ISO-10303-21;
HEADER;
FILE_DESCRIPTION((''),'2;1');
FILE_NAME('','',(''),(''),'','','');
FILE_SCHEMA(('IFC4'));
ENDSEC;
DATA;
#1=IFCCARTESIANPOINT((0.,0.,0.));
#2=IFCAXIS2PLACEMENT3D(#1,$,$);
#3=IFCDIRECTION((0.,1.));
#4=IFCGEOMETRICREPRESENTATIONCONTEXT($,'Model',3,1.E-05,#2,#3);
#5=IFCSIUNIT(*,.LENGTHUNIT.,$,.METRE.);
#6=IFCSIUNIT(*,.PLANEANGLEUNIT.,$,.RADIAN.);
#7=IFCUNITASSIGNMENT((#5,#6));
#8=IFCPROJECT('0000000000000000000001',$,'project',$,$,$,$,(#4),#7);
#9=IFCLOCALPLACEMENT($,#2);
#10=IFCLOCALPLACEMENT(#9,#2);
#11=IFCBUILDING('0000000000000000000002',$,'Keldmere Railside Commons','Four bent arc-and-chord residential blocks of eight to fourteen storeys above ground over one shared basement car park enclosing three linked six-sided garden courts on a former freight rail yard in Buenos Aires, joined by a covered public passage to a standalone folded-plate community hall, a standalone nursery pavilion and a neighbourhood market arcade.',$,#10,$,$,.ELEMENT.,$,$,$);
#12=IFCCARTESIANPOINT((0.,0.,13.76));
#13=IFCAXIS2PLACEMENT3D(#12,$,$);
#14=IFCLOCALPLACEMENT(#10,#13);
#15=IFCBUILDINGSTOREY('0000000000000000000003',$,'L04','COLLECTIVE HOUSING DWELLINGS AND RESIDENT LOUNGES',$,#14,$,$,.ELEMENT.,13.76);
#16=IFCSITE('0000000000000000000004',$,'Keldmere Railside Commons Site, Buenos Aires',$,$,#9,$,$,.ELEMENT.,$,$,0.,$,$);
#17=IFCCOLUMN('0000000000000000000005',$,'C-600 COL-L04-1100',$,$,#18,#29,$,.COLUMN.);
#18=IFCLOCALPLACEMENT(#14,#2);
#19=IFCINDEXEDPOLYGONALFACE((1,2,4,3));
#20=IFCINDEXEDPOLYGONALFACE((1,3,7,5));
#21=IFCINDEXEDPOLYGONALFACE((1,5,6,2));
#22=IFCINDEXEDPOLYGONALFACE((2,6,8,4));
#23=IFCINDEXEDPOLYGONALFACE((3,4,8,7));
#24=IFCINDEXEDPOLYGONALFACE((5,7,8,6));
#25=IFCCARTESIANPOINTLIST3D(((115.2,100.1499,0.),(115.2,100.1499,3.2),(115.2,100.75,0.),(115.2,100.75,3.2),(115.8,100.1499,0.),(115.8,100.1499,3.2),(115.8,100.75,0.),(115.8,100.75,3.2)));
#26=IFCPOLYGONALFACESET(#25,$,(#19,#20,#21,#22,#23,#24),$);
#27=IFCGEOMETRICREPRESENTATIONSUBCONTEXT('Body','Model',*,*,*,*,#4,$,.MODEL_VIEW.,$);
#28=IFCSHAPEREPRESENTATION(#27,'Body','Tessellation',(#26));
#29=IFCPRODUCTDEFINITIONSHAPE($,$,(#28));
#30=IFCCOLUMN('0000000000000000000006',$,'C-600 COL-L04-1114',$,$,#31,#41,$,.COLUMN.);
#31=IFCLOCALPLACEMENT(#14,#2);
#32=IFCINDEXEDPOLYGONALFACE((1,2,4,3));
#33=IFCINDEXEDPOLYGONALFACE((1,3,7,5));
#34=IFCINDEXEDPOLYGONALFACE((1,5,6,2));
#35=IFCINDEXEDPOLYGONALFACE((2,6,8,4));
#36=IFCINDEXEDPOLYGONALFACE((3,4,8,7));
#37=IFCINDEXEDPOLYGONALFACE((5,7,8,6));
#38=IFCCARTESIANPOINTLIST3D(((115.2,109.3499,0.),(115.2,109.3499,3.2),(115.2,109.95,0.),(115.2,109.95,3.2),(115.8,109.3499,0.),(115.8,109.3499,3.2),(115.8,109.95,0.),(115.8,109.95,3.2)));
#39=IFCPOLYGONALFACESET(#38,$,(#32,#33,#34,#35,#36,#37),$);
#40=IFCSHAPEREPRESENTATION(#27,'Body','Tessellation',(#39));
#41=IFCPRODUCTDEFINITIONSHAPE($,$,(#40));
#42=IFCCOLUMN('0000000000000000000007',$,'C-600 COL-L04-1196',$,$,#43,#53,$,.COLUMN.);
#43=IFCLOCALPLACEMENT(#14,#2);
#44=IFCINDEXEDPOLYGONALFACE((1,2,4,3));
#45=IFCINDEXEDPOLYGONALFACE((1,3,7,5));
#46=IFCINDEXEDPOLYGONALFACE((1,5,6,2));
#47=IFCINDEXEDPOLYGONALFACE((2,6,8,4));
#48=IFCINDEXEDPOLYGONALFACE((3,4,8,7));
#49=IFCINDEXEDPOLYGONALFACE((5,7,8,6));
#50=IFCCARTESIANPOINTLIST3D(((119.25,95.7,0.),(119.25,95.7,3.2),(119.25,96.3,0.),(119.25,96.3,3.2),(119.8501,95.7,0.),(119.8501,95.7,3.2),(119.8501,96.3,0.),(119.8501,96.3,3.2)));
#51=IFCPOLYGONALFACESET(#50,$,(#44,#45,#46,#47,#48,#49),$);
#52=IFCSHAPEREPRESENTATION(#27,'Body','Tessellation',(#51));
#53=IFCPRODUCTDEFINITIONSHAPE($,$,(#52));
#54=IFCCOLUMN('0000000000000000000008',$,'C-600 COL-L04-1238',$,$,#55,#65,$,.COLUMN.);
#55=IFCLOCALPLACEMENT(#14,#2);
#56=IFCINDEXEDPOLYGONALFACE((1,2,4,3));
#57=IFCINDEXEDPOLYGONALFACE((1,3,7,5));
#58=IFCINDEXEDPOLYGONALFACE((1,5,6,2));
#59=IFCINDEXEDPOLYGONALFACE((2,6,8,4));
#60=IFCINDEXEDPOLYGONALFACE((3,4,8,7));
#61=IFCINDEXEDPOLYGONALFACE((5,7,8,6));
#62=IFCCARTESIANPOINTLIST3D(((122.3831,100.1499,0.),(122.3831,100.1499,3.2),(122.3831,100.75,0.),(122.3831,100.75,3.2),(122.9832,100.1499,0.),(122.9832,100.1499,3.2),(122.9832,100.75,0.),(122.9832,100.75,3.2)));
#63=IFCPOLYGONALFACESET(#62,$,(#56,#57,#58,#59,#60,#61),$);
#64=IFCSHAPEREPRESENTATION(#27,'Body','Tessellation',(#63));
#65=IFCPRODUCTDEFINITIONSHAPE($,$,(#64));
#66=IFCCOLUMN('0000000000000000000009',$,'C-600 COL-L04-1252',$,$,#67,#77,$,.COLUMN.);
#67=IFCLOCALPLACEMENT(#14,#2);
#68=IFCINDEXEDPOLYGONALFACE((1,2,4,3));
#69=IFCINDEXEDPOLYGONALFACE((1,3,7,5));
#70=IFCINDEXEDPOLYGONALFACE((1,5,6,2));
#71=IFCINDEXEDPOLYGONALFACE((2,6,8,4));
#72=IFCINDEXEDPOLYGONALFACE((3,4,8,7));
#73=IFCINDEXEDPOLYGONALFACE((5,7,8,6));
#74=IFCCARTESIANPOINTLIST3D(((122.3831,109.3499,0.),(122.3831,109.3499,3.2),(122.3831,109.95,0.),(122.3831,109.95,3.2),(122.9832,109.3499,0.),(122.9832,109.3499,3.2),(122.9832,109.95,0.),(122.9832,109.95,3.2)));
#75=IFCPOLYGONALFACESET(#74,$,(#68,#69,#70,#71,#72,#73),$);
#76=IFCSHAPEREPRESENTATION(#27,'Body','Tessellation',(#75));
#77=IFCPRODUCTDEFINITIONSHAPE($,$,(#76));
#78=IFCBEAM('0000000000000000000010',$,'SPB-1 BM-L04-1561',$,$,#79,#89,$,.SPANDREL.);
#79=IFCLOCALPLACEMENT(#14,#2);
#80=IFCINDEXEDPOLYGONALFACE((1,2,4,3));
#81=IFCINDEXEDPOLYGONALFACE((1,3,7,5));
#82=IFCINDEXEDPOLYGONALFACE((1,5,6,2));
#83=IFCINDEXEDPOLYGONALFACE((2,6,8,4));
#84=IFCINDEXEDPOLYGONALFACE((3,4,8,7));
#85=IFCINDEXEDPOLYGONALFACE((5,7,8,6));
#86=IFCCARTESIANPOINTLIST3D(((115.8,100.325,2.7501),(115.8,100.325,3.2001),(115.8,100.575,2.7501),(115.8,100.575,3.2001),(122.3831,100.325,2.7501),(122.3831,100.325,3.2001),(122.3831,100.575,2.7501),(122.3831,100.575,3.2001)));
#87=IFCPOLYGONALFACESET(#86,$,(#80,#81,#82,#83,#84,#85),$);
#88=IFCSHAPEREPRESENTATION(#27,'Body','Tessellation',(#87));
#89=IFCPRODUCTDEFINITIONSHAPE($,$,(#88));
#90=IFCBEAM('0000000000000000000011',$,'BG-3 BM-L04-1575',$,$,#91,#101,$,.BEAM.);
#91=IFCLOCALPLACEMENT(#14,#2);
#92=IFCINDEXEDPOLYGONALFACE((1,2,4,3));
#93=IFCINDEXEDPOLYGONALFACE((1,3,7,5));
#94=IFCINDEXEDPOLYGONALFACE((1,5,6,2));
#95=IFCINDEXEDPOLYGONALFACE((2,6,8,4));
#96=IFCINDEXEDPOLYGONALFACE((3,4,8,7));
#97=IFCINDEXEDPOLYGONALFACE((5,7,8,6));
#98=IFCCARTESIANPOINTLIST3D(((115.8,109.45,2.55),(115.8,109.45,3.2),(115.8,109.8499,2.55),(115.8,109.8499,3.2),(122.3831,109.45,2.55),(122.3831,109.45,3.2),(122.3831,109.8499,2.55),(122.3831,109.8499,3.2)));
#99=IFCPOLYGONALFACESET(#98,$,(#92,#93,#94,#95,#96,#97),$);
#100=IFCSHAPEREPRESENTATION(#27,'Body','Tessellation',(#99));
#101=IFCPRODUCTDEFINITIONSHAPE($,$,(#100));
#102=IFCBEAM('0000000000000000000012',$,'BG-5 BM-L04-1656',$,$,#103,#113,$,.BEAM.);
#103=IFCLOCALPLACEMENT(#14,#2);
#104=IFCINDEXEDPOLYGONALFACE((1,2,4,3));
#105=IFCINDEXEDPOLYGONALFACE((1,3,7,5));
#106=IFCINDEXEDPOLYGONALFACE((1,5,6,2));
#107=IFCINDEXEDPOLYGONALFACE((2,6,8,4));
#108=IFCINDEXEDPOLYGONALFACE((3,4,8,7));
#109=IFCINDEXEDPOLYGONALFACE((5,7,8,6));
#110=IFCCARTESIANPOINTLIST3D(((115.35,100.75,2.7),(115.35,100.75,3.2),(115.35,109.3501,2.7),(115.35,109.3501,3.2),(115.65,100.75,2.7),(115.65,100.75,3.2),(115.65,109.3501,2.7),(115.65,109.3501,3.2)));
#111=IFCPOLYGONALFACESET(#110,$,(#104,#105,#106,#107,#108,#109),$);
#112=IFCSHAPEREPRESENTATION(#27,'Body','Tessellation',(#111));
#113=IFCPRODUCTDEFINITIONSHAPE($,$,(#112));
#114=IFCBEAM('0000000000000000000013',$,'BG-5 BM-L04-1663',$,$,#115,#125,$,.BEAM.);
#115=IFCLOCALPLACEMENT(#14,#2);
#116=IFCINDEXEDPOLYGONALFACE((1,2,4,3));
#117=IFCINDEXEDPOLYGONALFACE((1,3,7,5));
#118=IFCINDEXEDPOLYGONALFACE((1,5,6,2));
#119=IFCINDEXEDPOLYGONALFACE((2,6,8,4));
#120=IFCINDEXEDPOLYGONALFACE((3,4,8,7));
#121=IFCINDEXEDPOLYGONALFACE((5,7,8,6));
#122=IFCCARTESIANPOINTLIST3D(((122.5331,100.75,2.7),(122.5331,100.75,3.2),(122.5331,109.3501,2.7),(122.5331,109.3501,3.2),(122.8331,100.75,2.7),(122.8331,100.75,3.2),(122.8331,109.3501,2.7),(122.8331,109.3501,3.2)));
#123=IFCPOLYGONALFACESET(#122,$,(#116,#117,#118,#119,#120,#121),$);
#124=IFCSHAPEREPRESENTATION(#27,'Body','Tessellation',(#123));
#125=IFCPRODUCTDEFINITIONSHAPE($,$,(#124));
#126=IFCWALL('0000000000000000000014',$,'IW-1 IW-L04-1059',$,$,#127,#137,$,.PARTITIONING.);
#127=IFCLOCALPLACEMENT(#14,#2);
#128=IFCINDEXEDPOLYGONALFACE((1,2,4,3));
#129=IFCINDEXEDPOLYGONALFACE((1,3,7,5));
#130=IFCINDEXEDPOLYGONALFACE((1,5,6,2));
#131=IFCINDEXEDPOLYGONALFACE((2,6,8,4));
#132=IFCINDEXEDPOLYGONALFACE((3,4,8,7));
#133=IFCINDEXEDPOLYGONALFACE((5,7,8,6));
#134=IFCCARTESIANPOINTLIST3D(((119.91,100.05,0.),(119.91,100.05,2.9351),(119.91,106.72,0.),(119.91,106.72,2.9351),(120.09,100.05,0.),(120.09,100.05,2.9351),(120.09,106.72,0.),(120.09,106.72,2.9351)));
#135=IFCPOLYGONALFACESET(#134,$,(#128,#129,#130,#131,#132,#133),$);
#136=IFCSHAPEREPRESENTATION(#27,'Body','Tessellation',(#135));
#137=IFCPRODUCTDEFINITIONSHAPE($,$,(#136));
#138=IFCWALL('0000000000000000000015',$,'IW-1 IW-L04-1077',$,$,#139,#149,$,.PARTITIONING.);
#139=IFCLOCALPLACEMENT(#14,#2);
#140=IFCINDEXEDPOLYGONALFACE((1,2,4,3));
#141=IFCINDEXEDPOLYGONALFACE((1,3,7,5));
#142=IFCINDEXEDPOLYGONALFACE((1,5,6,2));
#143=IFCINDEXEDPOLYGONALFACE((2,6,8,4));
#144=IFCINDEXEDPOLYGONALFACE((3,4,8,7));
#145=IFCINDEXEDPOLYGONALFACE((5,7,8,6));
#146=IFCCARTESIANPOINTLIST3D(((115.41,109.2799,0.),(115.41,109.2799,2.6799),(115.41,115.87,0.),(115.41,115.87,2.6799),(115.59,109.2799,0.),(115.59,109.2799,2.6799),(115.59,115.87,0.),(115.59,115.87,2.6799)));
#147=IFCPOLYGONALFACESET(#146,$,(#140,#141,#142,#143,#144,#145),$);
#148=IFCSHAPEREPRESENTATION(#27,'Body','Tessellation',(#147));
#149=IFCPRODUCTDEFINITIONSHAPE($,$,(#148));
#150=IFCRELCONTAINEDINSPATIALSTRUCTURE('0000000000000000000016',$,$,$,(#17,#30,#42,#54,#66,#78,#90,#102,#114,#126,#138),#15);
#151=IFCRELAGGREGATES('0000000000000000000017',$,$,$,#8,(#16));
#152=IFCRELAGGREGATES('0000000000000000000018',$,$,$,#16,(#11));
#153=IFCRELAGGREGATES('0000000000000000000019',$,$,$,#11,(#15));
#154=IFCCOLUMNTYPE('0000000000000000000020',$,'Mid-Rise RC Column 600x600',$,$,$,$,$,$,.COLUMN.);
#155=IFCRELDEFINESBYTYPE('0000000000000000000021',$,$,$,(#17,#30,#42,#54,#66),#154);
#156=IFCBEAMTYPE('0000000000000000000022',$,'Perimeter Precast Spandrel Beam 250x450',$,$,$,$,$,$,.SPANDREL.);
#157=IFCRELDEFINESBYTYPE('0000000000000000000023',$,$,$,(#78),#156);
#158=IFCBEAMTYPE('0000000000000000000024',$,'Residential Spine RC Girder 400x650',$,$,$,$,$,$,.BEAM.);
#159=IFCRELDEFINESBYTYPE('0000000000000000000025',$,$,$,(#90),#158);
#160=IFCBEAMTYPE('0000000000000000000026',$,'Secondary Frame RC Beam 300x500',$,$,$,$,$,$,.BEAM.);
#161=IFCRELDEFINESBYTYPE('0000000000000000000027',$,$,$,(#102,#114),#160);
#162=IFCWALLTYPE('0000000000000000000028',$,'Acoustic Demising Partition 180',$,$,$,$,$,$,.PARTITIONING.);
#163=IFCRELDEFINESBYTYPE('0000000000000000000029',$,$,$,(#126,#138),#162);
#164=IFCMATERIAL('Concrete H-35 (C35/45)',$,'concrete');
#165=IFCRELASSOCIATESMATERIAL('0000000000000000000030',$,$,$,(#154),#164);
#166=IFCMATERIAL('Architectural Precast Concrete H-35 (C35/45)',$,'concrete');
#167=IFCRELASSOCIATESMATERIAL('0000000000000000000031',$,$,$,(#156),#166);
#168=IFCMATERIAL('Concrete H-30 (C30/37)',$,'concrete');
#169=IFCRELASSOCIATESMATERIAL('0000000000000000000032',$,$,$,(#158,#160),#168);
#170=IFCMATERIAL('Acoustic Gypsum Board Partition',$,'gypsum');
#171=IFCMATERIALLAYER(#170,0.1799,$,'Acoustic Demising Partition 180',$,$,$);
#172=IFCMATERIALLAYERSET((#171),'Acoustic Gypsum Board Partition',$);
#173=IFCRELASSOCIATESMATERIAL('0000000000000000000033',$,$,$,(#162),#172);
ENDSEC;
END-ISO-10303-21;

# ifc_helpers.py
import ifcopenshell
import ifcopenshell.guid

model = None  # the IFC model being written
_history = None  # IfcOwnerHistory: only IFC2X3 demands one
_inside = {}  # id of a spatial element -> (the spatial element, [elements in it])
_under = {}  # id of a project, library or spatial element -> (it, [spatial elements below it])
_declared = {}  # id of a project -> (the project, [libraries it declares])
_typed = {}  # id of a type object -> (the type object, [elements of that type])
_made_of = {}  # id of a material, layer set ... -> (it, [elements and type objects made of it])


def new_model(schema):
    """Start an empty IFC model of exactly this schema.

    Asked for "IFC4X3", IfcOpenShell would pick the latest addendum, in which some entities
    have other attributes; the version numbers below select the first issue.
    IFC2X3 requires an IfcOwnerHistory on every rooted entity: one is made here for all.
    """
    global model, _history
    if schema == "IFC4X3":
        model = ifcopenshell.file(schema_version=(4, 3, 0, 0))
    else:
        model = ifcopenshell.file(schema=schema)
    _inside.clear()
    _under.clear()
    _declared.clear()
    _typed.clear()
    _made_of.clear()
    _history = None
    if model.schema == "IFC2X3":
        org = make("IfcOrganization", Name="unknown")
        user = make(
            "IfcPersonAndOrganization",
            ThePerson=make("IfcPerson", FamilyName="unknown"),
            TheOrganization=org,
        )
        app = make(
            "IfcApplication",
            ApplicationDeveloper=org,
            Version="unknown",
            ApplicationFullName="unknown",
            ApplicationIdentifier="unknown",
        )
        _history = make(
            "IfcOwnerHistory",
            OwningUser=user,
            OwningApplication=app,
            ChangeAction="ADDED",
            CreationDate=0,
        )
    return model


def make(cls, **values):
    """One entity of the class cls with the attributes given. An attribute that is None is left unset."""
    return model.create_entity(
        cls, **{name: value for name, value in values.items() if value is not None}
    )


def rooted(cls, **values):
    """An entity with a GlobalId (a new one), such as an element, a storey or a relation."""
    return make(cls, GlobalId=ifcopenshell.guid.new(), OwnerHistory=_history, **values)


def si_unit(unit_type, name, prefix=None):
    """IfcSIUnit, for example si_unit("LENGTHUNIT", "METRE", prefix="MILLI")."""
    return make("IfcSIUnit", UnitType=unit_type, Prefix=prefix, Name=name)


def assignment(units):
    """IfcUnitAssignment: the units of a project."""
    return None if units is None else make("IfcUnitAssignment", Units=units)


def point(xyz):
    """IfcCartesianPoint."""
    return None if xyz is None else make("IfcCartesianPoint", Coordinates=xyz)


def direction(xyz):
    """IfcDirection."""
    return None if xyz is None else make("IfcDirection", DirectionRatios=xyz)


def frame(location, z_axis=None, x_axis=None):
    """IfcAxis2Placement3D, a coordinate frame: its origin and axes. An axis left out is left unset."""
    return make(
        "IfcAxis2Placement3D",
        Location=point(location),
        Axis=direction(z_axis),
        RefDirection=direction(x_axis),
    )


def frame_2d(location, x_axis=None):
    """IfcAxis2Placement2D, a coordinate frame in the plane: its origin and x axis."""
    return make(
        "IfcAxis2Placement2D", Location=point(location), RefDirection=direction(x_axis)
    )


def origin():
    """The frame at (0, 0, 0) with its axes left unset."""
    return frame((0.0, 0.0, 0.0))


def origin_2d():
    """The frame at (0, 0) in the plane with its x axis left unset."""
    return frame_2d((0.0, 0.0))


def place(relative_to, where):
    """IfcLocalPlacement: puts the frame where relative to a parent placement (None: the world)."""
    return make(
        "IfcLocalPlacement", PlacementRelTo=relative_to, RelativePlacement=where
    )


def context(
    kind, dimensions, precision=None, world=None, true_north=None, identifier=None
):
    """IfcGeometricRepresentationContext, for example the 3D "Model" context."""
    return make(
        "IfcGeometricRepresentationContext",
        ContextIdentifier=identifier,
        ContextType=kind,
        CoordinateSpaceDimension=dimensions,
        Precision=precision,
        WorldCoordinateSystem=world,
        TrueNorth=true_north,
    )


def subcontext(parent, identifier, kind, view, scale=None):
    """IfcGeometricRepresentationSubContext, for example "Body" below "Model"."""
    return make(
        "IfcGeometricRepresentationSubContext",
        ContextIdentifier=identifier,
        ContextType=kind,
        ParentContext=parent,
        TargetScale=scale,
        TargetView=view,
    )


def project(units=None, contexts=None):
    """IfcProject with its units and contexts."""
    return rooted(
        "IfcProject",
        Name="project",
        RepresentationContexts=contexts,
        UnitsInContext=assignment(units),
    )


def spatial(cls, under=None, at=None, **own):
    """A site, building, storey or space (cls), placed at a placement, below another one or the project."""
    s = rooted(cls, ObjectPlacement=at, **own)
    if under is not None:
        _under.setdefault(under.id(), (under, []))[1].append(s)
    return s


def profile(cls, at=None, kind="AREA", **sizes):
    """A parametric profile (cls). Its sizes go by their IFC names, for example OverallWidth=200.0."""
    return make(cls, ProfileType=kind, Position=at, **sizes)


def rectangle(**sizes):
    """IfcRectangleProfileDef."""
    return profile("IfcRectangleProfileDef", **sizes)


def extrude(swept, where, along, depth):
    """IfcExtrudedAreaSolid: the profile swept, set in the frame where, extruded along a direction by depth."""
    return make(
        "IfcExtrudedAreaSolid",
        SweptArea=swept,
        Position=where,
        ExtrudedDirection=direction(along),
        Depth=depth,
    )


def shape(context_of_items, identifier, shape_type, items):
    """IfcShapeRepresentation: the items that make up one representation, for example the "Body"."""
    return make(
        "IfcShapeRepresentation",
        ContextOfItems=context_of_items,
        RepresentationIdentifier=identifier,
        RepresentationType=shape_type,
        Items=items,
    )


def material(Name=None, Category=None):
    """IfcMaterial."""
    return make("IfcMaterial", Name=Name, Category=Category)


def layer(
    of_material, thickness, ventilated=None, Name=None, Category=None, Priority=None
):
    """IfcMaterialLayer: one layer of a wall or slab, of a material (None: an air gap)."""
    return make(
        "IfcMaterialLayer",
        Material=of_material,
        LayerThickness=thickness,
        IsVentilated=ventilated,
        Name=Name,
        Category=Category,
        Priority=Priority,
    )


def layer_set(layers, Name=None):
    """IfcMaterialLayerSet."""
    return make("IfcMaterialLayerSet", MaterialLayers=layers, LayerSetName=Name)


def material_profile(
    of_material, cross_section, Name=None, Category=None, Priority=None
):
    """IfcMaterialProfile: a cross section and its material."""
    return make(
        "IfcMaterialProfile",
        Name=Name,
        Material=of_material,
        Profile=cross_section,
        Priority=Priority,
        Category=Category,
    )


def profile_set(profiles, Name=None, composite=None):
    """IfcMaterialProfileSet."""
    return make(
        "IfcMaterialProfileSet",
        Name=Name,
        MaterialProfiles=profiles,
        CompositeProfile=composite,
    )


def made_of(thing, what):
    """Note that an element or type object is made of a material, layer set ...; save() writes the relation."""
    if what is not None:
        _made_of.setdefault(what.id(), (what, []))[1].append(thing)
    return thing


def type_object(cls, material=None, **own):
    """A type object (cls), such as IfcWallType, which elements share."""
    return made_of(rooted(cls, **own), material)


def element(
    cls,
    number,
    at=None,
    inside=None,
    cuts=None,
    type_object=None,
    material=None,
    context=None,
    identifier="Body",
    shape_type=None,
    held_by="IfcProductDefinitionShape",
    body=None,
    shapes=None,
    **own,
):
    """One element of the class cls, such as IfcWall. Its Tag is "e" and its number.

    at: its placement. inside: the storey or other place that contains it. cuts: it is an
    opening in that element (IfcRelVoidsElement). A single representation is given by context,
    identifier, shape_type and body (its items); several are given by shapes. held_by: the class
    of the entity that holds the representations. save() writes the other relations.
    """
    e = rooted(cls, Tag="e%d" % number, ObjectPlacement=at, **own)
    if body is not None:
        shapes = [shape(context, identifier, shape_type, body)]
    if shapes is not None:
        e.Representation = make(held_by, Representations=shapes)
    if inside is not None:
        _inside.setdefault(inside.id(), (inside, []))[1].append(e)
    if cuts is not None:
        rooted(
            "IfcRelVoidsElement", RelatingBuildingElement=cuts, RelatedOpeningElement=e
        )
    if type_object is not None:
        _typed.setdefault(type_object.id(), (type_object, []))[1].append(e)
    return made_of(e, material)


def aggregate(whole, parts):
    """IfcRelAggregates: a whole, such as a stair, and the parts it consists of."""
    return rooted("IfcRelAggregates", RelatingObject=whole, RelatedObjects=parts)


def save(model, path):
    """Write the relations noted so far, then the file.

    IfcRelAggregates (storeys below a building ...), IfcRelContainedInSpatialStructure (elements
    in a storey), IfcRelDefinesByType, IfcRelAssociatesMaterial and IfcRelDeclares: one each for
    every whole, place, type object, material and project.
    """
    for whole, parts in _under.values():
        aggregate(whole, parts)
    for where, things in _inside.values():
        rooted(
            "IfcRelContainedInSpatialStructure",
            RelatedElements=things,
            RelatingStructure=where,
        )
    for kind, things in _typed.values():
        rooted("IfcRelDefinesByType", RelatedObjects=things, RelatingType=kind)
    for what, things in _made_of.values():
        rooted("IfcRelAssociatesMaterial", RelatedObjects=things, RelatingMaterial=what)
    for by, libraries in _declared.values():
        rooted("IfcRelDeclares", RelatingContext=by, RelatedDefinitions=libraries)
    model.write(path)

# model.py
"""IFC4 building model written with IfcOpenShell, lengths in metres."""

from ifc_helpers import new_model, si_unit, direction, frame, frame_2d, origin, origin_2d, place, context, subcontext, project, spatial, rectangle, extrude, material, layer, layer_set, material_profile, profile_set, type_object, element, save


model = new_model("IFC4")

# Units and contexts
model_context = context("Model", 3, precision=1e-05, world=origin(), true_north=direction((0.0, 1.0)))
body_context = subcontext(model_context, "Body", "Model", "MODEL_VIEW")
ifc_project = project(units=[si_unit("LENGTHUNIT", "METRE"), si_unit("PLANEANGLEUNIT", "RADIAN")], contexts=[model_context])

# Site, building, storey
site_placement = place(None, origin())
site = spatial("IfcSite", under=ifc_project, at=site_placement, Name="Keldmere Railside Commons Site, Buenos Aires", CompositionType="ELEMENT", RefElevation=0.0)
building_placement = place(site_placement, origin())
building = spatial("IfcBuilding", under=site, at=building_placement, Name="Keldmere Railside Commons", Description="Four bent arc-and-chord residential blocks of eight to fourteen storeys above ground over one shared basement car park enclosing three linked six-sided garden courts on a former freight rail yard in Buenos Aires, joined by a covered public passage to a standalone folded-plate community hall, a standalone nursery pavilion and a neighbourhood market arcade.", CompositionType="ELEMENT")
storey_placement = place(building_placement, frame((0.0, 0.0, 13.76)))
storey = spatial("IfcBuildingStorey", under=building, at=storey_placement, Name="L04", Description="COLLECTIVE HOUSING DWELLINGS AND RESIDENT LOUNGES", CompositionType="ELEMENT", Elevation=13.76)

# Columns
ifc_material_1 = material(Name="Concrete H-35 (C35/45)", Category="concrete")
ifc_material_profile_1 = material_profile(ifc_material_1, rectangle(XDim=0.6001, YDim=0.6001, at=origin_2d()), Name="RC-600x600")
ifc_profile_set_1 = profile_set([ifc_material_profile_1], Name="Concrete H-35 (C35/45)")
column_type = type_object("IfcColumnType", Name="Mid-Rise RC Column 600x600", PredefinedType="COLUMN", material=ifc_profile_set_1)
for number, where, z_axis, x_axis, name in (
    (1, (115.5, 100.45, 0.0), (0.0, 0.0, 1.0), (1.0, 0.0, 0.0), "C-600 COL-L04-1100"),
    (2, (115.5, 109.6499, 0.0), (0.0, 0.0, 1.0), (1.0, 0.0, 0.0), "C-600 COL-L04-1114"),
    (3, (119.55, 96.0, 0.0), (0.0, 0.0, 1.0), (1.0, 0.0, 0.0), "C-600 COL-L04-1196"),
    (4, (122.6831, 100.45, 0.0), (0.0, 0.0, 1.0), (1.0, 0.0, 0.0), "C-600 COL-L04-1238"),
    (5, (122.6831, 109.6499, 0.0), (0.0, 0.0, 1.0), (1.0, 0.0, 0.0), "C-600 COL-L04-1252"),
):
    element("IfcColumn", number, at=place(storey_placement, frame(where, z_axis=z_axis, x_axis=x_axis)), inside=storey, type_object=column_type, Name=name, PredefinedType="COLUMN", context=body_context, shape_type="SweptSolid", body=[
        extrude(rectangle(XDim=0.6001, YDim=0.6001, at=origin_2d()), origin(), (0.0, 0.0, 1.0), 3.2),
    ])

# Beams
ifc_material_2 = material(Name="Architectural Precast Concrete H-35 (C35/45)", Category="concrete")
ifc_material_profile_2 = material_profile(ifc_material_2, rectangle(XDim=0.25, YDim=0.45, at=origin_2d()), Name="RC-250x450")
ifc_profile_set_2 = profile_set([ifc_material_profile_2], Name="Architectural Precast Concrete H-35 (C35/45)")
beam_type_1 = type_object("IfcBeamType", Name="Perimeter Precast Spandrel Beam 250x450", PredefinedType="SPANDREL", material=ifc_profile_set_2)
beam_1_placement = place(storey_placement, frame((115.8, 100.45, 2.9751), z_axis=(1.0, 0.0, 0.0), x_axis=(0.0, 1.0, 0.0)))
element("IfcBeam", 6, at=beam_1_placement, inside=storey, type_object=beam_type_1, Name="SPB-1 BM-L04-1561", PredefinedType="SPANDREL", context=body_context, shape_type="SweptSolid", body=[
    extrude(rectangle(XDim=0.25, YDim=0.45, at=origin_2d()), origin(), (0.0, 0.0, 1.0), 6.583),
])
ifc_material_3 = material(Name="Concrete H-30 (C30/37)", Category="concrete")
ifc_material_profile_3 = material_profile(ifc_material_3, rectangle(XDim=0.3999, YDim=0.6499, at=origin_2d()), Name="RC-400x650")
ifc_profile_set_3 = profile_set([ifc_material_profile_3], Name="Concrete H-30 (C30/37)")
beam_type_2 = type_object("IfcBeamType", Name="Residential Spine RC Girder 400x650", PredefinedType="BEAM", material=ifc_profile_set_3)
beam_2_placement = place(storey_placement, frame((115.8, 109.6499, 2.875), z_axis=(1.0, 0.0, 0.0), x_axis=(0.0, 1.0, 0.0)))
element("IfcBeam", 7, at=beam_2_placement, inside=storey, type_object=beam_type_2, Name="BG-3 BM-L04-1575", PredefinedType="BEAM", context=body_context, shape_type="SweptSolid", body=[
    extrude(rectangle(XDim=0.3999, YDim=0.6499, at=origin_2d()), origin(), (0.0, 0.0, 1.0), 6.583),
])
ifc_material_profile_4 = material_profile(ifc_material_3, rectangle(XDim=0.3, YDim=0.5, at=origin_2d()), Name="RC-300x500")
ifc_profile_set_4 = profile_set([ifc_material_profile_4], Name="Concrete H-30 (C30/37)")
beam_type_3 = type_object("IfcBeamType", Name="Secondary Frame RC Beam 300x500", PredefinedType="BEAM", material=ifc_profile_set_4)
for number, where, z_axis, x_axis, name in (
    (8, (115.5, 100.75, 2.95), (0.0, 1.0, 0.0), (-1.0, 0.0, 0.0), "BG-5 BM-L04-1656"),
    (9, (122.6831, 100.75, 2.95), (0.0, 1.0, 0.0), (-1.0, 0.0, 0.0), "BG-5 BM-L04-1663"),
):
    element("IfcBeam", number, at=place(storey_placement, frame(where, z_axis=z_axis, x_axis=x_axis)), inside=storey, type_object=beam_type_3, Name=name, PredefinedType="BEAM", context=body_context, shape_type="SweptSolid", body=[
        extrude(rectangle(XDim=0.3, YDim=0.5, at=origin_2d()), origin(), (0.0, 0.0, 1.0), 8.6001),
    ])

# Walls
ifc_material_4 = material(Name="Acoustic Gypsum Board Partition", Category="gypsum")
ifc_layer_1 = layer(ifc_material_4, 0.1799, Name="Acoustic Demising Partition 180")
ifc_layer_set_1 = layer_set([ifc_layer_1], Name="Acoustic Gypsum Board Partition")
wall_type_1 = type_object("IfcWallType", Name="Acoustic Demising Partition 180", PredefinedType="PARTITIONING", material=ifc_layer_set_1)
wall_1_placement = place(storey_placement, frame((120.0, 100.05, 0.0), z_axis=(0.0, 0.0, 1.0), x_axis=(0.0, 1.0, 0.0)))
element("IfcWall", 10, at=wall_1_placement, inside=storey, type_object=wall_type_1, Name="IW-1 IW-L04-1059", PredefinedType="PARTITIONING", context=body_context, shape_type="SweptSolid", body=[
    extrude(rectangle(XDim=6.6699, YDim=0.1799, at=frame_2d((3.335, 0.0))), origin(), (0.0, 0.0, 1.0), 2.9351),
])
wall_2_placement = place(storey_placement, frame((115.5, 109.28, 0.0), z_axis=(0.0, 0.0, 1.0), x_axis=(0.0, 1.0, 0.0)))
element("IfcWall", 11, at=wall_2_placement, inside=storey, type_object=wall_type_1, Name="IW-1 IW-L04-1077", PredefinedType="PARTITIONING", context=body_context, shape_type="SweptSolid", body=[
    extrude(rectangle(XDim=6.5901, YDim=0.1799, at=frame_2d((3.2949, 0.0))), origin(), (0.0, 0.0, 1.0), 2.6799),
])

save(model, "model.ifc")
